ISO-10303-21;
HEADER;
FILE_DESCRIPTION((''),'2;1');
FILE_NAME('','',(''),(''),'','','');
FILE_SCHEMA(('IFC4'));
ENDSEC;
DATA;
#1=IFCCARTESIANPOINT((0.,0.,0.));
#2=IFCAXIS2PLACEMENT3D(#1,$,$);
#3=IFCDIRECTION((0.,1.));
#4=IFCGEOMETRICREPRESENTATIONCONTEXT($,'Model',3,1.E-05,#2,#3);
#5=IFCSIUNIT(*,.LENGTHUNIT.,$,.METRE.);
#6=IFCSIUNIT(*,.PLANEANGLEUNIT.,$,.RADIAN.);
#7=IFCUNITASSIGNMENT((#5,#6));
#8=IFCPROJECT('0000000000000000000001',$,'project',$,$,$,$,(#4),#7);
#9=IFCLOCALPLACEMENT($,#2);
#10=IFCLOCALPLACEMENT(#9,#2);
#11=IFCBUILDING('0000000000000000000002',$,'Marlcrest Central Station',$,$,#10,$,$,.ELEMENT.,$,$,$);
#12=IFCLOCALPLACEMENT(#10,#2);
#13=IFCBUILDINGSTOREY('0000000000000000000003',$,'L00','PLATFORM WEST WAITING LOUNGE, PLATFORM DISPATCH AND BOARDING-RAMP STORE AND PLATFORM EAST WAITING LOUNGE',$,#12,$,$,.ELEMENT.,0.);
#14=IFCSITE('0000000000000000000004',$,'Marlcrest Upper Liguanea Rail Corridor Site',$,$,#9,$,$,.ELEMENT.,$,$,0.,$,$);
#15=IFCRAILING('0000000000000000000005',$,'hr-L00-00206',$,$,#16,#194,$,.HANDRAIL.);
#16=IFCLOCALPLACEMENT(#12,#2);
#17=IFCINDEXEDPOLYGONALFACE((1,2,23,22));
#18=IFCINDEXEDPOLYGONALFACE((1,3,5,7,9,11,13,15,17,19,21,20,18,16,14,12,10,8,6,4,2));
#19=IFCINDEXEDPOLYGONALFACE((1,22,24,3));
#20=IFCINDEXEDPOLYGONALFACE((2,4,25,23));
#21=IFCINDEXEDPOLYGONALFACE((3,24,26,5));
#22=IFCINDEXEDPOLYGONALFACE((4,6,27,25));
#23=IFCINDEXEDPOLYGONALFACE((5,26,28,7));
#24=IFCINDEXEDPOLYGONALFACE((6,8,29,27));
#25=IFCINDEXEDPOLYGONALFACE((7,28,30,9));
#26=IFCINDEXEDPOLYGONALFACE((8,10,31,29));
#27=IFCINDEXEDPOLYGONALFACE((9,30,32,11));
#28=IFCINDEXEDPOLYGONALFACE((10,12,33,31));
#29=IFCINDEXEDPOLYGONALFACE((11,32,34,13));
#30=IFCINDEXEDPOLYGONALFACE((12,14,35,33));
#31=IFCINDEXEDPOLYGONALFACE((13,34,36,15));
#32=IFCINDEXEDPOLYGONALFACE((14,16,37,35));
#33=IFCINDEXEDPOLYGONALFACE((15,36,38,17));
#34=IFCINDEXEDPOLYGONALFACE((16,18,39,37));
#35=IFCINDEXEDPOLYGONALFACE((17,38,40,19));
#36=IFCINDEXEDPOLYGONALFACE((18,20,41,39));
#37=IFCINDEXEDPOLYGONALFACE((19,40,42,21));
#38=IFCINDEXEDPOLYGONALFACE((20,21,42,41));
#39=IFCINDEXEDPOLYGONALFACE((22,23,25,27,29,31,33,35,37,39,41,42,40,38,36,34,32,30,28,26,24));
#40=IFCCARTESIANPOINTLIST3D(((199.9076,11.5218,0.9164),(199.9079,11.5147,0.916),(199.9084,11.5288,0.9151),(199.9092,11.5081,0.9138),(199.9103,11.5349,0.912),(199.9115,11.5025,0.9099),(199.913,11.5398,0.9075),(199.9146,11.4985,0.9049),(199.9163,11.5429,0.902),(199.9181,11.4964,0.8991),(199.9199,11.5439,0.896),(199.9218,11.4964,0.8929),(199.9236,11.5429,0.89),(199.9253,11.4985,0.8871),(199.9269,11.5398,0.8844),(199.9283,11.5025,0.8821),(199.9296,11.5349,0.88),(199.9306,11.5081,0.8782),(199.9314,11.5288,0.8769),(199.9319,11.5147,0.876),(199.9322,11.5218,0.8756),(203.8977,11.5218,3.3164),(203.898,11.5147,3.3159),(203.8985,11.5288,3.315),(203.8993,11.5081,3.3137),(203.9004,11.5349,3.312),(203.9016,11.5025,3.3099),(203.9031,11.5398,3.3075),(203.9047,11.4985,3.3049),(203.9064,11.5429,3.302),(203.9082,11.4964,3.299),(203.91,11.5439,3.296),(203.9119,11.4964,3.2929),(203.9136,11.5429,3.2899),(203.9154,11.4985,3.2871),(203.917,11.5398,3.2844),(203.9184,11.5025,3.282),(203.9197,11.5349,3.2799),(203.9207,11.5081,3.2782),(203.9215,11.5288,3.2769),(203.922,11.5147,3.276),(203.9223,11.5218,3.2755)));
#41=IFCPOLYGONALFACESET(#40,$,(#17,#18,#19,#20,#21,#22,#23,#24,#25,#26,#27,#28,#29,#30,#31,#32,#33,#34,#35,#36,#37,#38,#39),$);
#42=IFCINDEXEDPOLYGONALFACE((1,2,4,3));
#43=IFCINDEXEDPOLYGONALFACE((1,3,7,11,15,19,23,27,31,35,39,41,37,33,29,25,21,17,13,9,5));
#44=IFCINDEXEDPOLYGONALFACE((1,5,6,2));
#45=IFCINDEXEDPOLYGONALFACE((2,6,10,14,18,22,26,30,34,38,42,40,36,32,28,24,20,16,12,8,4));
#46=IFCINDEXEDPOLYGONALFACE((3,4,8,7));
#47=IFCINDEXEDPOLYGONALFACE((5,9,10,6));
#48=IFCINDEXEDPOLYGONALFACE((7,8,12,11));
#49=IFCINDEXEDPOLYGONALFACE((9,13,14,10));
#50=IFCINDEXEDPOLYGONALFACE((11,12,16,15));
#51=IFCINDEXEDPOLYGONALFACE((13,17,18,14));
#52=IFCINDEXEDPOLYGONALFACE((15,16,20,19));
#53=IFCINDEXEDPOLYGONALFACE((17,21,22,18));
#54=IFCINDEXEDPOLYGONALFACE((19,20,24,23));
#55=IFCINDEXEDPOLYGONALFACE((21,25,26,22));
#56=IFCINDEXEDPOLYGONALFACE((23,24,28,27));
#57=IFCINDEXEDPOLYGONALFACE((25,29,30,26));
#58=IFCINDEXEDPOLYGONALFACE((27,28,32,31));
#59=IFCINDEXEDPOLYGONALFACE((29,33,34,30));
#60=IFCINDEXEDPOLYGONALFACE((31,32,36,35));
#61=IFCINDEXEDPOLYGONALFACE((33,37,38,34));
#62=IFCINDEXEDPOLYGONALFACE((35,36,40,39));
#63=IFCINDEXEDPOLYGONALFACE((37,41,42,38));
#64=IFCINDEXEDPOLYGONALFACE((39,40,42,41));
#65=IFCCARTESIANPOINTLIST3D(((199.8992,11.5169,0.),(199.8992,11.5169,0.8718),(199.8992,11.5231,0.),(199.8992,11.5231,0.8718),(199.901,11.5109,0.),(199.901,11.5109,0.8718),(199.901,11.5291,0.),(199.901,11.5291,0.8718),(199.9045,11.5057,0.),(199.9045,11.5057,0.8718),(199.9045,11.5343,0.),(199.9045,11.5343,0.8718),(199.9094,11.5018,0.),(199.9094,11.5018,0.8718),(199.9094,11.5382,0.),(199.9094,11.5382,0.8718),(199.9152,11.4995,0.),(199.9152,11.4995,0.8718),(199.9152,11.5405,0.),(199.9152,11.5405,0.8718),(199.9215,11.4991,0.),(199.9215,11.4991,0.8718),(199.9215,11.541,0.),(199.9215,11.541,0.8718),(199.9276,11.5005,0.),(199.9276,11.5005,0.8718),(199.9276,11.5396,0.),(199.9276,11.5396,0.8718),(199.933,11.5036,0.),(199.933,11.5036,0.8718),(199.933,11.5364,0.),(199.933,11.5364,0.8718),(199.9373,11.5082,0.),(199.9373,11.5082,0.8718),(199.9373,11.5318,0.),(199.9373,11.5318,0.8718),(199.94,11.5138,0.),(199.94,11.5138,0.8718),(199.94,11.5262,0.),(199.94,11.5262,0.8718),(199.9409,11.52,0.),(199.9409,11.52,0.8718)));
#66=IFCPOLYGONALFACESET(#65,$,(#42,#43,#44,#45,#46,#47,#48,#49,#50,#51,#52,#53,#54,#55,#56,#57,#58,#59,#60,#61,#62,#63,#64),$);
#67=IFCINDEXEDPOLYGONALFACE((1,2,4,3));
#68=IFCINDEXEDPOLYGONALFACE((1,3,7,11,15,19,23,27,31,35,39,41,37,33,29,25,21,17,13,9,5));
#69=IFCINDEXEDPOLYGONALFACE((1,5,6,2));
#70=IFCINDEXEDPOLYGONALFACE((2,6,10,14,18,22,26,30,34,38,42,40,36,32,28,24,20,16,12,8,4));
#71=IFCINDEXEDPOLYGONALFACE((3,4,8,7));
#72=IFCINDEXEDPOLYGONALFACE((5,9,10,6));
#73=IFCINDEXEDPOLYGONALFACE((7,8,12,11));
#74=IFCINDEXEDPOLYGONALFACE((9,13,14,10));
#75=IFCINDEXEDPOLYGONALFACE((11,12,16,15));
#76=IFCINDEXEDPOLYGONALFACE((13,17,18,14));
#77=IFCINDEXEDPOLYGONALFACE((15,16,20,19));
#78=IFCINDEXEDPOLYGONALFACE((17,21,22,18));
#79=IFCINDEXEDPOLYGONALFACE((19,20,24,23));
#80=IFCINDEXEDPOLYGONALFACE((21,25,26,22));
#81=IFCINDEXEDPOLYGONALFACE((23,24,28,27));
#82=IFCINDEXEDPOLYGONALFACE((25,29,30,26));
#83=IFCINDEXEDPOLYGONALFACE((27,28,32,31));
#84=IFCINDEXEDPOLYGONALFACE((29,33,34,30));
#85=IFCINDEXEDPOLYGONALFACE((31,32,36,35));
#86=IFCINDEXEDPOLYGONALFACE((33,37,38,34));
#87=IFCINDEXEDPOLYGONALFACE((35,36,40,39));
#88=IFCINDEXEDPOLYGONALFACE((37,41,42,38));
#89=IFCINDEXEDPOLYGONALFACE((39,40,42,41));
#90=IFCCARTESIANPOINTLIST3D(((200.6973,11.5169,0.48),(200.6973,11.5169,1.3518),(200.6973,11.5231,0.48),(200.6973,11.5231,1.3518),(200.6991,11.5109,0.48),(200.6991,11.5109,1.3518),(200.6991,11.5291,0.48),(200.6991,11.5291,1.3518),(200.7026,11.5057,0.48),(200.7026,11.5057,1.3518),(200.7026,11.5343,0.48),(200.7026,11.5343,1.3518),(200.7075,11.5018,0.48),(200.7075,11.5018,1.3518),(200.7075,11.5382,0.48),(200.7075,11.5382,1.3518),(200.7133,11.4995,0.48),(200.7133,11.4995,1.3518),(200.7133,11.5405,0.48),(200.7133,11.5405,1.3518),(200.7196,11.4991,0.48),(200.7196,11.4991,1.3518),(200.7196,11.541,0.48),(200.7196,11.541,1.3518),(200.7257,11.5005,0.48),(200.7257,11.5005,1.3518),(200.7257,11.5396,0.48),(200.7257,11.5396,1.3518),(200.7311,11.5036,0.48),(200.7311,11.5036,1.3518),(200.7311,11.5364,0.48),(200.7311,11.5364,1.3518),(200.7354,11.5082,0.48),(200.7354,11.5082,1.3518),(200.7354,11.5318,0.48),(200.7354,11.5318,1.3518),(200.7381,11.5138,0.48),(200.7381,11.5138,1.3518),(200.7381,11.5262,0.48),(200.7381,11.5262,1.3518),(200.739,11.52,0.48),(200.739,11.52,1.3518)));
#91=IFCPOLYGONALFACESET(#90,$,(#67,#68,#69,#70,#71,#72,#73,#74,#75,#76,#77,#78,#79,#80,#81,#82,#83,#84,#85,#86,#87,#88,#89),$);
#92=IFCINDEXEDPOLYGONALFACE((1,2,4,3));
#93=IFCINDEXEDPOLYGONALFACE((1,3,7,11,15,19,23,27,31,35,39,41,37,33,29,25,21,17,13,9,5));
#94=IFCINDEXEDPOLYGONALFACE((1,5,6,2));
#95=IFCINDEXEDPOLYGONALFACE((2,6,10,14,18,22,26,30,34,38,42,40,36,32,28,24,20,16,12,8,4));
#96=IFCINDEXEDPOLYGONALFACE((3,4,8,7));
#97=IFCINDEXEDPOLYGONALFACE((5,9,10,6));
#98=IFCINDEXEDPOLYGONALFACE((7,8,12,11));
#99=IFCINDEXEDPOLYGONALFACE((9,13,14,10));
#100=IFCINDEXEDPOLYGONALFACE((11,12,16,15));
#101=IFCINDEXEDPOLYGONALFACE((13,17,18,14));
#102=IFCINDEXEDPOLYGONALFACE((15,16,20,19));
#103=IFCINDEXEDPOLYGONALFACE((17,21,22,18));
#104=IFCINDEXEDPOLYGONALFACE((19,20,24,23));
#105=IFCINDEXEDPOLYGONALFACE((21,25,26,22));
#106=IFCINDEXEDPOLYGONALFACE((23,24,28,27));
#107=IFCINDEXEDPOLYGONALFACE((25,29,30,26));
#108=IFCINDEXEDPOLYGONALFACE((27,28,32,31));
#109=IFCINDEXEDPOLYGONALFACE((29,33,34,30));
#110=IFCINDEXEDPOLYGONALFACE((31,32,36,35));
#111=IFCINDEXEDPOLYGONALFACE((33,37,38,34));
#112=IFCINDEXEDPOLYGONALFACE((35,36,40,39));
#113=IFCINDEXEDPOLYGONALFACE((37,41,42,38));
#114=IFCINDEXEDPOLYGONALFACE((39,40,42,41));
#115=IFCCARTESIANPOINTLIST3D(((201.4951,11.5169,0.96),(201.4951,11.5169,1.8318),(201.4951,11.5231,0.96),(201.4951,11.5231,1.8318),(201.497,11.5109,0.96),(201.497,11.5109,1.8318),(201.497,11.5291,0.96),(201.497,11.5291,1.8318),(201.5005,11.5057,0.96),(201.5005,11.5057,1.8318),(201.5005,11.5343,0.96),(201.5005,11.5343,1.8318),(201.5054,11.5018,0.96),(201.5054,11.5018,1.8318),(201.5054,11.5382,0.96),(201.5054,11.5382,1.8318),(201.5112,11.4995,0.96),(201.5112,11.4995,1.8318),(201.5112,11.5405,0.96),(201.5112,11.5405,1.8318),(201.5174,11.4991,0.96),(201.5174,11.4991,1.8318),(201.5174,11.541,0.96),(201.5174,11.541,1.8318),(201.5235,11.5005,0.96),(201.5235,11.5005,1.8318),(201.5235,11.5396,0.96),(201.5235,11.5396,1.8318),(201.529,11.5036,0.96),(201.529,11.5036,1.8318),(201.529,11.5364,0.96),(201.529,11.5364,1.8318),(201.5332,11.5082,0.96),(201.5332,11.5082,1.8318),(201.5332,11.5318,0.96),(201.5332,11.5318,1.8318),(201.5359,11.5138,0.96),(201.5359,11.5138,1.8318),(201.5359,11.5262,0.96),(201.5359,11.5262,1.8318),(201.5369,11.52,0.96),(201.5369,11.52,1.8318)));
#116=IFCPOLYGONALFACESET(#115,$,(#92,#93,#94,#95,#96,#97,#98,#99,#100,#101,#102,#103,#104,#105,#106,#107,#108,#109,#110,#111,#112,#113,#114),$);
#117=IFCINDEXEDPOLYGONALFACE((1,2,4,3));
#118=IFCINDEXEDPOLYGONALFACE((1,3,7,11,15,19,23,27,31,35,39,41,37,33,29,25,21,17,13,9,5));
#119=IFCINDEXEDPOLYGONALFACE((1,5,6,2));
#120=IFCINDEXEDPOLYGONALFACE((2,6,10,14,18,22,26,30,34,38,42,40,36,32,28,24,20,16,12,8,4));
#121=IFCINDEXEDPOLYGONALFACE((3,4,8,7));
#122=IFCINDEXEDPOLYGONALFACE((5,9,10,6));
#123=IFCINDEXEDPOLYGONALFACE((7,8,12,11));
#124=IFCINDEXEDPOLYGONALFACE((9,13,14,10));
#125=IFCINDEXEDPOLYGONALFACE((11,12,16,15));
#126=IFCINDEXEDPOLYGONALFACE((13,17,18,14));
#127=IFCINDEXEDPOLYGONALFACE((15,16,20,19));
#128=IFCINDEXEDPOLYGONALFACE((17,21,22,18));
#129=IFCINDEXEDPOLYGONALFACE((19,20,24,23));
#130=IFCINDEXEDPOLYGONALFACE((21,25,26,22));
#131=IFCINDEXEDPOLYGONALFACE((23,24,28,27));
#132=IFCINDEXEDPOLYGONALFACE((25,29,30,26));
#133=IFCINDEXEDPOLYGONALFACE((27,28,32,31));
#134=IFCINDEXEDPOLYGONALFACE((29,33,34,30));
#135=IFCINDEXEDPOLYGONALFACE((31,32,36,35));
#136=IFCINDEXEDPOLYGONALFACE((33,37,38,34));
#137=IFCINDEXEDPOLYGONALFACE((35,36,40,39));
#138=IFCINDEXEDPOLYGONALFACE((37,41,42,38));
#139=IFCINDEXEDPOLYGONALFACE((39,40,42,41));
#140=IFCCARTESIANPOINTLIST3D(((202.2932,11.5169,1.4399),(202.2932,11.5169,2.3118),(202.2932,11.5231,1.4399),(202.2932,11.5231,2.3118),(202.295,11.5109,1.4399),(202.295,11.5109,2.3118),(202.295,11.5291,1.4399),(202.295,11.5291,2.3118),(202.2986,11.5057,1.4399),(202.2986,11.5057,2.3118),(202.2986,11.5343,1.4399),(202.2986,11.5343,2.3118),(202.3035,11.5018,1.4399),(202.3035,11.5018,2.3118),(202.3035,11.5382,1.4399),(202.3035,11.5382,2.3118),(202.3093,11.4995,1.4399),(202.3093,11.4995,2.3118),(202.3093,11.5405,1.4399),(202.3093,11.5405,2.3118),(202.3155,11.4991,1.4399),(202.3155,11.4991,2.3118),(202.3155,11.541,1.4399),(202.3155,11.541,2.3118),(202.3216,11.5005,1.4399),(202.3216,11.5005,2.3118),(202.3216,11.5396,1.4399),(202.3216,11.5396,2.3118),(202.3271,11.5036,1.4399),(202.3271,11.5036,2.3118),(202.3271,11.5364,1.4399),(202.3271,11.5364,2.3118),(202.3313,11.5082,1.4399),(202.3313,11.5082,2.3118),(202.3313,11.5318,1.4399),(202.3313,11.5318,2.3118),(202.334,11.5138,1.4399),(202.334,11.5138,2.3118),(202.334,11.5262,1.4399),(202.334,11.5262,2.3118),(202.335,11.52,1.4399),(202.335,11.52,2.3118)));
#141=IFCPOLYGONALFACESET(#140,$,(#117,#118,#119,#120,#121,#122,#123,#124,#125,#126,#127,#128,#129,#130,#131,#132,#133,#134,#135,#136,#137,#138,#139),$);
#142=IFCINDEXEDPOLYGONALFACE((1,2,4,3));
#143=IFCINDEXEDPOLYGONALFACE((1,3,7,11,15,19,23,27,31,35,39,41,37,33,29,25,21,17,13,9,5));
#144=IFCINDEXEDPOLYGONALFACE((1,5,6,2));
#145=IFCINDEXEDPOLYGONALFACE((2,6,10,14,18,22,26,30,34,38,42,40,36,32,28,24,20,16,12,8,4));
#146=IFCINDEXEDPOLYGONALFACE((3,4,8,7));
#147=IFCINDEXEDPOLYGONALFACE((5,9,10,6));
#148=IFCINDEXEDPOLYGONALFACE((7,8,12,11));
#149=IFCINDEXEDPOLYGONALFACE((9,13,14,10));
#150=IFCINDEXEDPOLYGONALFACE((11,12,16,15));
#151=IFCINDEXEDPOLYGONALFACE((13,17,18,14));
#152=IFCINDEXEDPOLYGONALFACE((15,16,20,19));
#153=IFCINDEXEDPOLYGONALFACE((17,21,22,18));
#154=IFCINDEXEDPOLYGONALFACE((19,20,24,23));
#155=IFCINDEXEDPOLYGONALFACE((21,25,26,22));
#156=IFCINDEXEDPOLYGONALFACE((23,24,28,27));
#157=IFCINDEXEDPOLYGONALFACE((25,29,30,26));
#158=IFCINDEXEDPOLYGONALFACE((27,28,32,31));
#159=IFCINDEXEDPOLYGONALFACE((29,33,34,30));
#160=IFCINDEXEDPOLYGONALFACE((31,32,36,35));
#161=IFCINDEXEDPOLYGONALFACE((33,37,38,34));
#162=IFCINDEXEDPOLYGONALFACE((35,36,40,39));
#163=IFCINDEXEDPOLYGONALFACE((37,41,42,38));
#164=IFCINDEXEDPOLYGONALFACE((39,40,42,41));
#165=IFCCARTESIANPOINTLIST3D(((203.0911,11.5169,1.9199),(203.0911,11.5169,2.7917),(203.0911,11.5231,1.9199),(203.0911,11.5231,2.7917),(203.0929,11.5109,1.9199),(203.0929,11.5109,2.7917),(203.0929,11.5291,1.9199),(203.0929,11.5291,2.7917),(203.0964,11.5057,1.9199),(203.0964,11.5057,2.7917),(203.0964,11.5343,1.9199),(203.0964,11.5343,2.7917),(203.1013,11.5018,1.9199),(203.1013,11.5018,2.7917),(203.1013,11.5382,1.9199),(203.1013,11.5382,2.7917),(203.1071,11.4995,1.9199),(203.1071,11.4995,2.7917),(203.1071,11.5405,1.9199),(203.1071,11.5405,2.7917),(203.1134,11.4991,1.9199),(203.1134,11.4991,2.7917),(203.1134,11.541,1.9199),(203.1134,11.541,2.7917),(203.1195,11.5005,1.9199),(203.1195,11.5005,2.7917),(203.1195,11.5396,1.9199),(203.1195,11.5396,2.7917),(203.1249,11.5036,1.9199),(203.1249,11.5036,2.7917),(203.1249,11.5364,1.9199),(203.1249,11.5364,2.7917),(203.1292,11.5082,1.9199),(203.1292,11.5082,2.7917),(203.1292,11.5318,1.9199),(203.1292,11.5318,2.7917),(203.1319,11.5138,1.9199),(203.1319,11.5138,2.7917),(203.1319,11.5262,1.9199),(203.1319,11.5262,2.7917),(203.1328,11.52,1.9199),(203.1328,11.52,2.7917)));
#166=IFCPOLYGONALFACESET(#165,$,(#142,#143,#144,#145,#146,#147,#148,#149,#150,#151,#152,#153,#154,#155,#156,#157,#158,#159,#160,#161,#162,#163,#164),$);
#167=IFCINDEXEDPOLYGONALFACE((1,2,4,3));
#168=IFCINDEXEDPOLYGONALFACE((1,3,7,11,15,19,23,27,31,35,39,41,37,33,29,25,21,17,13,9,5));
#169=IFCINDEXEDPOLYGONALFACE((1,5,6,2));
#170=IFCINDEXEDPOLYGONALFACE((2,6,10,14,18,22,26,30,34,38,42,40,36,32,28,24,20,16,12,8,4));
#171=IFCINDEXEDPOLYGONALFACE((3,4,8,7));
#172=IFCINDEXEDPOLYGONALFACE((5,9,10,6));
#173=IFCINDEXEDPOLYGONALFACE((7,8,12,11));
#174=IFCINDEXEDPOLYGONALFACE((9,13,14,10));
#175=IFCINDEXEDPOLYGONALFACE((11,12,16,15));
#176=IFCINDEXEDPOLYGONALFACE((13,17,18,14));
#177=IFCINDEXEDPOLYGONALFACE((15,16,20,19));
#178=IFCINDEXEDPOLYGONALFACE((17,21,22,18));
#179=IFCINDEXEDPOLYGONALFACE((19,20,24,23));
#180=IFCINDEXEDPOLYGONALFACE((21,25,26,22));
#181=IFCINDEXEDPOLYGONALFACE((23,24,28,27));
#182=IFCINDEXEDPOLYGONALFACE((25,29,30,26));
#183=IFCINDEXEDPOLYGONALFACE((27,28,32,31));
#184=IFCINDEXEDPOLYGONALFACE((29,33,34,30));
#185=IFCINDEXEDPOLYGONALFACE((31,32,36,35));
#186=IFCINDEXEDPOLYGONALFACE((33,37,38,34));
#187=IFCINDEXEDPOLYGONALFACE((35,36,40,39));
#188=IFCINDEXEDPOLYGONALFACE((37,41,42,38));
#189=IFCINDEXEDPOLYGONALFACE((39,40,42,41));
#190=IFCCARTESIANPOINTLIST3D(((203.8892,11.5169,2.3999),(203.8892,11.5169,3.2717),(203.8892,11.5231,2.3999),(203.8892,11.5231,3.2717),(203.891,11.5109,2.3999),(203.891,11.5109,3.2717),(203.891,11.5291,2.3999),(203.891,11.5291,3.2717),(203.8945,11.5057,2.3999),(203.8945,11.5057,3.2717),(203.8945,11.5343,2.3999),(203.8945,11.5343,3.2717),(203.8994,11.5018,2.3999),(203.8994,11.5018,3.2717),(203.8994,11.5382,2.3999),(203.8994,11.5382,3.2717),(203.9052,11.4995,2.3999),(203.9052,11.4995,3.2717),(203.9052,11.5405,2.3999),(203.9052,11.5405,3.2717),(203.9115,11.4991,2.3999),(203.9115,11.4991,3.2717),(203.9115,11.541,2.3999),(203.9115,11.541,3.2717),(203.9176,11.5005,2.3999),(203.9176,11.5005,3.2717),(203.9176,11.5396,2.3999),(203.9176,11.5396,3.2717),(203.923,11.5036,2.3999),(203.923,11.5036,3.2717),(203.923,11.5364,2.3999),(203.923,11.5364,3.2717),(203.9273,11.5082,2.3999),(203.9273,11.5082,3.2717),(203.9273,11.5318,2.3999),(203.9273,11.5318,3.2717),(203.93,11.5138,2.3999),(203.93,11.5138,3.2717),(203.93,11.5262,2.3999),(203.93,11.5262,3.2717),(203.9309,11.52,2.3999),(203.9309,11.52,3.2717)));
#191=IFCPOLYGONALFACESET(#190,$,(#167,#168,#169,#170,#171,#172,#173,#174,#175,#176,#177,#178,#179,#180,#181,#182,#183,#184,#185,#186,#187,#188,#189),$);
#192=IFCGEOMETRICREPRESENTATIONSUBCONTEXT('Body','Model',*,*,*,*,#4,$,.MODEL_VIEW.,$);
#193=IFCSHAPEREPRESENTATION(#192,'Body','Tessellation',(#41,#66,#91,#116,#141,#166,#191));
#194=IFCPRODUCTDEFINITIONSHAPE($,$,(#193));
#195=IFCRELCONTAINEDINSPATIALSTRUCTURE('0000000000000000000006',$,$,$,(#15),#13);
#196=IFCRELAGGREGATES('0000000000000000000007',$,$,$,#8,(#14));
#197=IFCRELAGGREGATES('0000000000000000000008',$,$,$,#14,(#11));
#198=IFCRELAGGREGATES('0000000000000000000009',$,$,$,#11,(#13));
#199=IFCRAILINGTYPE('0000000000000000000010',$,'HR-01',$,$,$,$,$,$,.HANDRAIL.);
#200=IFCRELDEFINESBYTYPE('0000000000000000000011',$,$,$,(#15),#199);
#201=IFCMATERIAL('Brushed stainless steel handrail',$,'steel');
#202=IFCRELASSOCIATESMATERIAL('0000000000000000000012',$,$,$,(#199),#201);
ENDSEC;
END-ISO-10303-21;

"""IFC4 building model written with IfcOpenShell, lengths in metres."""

from ifc_helpers import new_model, si_unit, direction, frame, origin, origin_2d, place, context, subcontext, project, spatial, circle, extrude, material, type_object, element, save


model = new_model("IFC4")

# Units and contexts
model_context = context("Model", 3, precision=1e-05, world=origin(), true_north=direction((0.0, 1.0)))
body_context = subcontext(model_context, "Body", "Model", "MODEL_VIEW")
ifc_project = project(units=[si_unit("LENGTHUNIT", "METRE"), si_unit("PLANEANGLEUNIT", "RADIAN")], contexts=[model_context])

# Site, building, storey
site_placement = place(None, origin())
site = spatial("IfcSite", under=ifc_project, at=site_placement, Name="Marlcrest Upper Liguanea Rail Corridor Site", CompositionType="ELEMENT", RefElevation=0.0)
building_placement = place(site_placement, origin())
building = spatial("IfcBuilding", under=site, at=building_placement, Name="Marlcrest Central Station", CompositionType="ELEMENT")
storey_placement = place(building_placement, origin())
storey = spatial("IfcBuildingStorey", under=building, at=storey_placement, Name="L00", Description="PLATFORM WEST WAITING LOUNGE, PLATFORM DISPATCH AND BOARDING-RAMP STORE AND PLATFORM EAST WAITING LOUNGE", CompositionType="ELEMENT", Elevation=0.0)

# Railing
ifc_material_1 = material(Name="Brushed stainless steel handrail", Category="steel")
railing_type_1 = type_object("IfcRailingType", Name="HR-01", PredefinedType="HANDRAIL", material=ifc_material_1)
railing_1_placement = place(storey_placement, frame((199.9199, 11.52, 0.0)))
element("IfcRailing", 1, at=railing_1_placement, inside=storey, type_object=railing_type_1, Name="hr-L00-00206", PredefinedType="HANDRAIL", context=body_context, shape_type="SweptSolid", body=[
    extrude(circle(Radius=0.0239, at=origin_2d()), frame((0.0, 0.0, 0.896), z_axis=(0.856933, 0.0, 0.515428), x_axis=(0.0, 1.0, 0.0)), (0.0, 0.0, 1.0), 4.6562),
    extrude(circle(Radius=0.021, at=origin_2d()), origin(), (0.0, 0.0, 1.0), 0.8718),
    extrude(circle(Radius=0.021, at=origin_2d()), frame((0.7981, 0.0, 0.48)), (0.0, 0.0, 1.0), 0.8718),
    extrude(circle(Radius=0.021, at=origin_2d()), frame((1.5959, 0.0, 0.96)), (0.0, 0.0, 1.0), 0.8718),
    extrude(circle(Radius=0.021, at=origin_2d()), frame((2.394, 0.0, 1.4399)), (0.0, 0.0, 1.0), 0.8718),
    extrude(circle(Radius=0.021, at=origin_2d()), frame((3.1919, 0.0, 1.9199)), (0.0, 0.0, 1.0), 0.8718),
    extrude(circle(Radius=0.021, at=origin_2d()), frame((3.99, 0.0, 2.3999)), (0.0, 0.0, 1.0), 0.8718),
])

save(model, "model.ifc")
